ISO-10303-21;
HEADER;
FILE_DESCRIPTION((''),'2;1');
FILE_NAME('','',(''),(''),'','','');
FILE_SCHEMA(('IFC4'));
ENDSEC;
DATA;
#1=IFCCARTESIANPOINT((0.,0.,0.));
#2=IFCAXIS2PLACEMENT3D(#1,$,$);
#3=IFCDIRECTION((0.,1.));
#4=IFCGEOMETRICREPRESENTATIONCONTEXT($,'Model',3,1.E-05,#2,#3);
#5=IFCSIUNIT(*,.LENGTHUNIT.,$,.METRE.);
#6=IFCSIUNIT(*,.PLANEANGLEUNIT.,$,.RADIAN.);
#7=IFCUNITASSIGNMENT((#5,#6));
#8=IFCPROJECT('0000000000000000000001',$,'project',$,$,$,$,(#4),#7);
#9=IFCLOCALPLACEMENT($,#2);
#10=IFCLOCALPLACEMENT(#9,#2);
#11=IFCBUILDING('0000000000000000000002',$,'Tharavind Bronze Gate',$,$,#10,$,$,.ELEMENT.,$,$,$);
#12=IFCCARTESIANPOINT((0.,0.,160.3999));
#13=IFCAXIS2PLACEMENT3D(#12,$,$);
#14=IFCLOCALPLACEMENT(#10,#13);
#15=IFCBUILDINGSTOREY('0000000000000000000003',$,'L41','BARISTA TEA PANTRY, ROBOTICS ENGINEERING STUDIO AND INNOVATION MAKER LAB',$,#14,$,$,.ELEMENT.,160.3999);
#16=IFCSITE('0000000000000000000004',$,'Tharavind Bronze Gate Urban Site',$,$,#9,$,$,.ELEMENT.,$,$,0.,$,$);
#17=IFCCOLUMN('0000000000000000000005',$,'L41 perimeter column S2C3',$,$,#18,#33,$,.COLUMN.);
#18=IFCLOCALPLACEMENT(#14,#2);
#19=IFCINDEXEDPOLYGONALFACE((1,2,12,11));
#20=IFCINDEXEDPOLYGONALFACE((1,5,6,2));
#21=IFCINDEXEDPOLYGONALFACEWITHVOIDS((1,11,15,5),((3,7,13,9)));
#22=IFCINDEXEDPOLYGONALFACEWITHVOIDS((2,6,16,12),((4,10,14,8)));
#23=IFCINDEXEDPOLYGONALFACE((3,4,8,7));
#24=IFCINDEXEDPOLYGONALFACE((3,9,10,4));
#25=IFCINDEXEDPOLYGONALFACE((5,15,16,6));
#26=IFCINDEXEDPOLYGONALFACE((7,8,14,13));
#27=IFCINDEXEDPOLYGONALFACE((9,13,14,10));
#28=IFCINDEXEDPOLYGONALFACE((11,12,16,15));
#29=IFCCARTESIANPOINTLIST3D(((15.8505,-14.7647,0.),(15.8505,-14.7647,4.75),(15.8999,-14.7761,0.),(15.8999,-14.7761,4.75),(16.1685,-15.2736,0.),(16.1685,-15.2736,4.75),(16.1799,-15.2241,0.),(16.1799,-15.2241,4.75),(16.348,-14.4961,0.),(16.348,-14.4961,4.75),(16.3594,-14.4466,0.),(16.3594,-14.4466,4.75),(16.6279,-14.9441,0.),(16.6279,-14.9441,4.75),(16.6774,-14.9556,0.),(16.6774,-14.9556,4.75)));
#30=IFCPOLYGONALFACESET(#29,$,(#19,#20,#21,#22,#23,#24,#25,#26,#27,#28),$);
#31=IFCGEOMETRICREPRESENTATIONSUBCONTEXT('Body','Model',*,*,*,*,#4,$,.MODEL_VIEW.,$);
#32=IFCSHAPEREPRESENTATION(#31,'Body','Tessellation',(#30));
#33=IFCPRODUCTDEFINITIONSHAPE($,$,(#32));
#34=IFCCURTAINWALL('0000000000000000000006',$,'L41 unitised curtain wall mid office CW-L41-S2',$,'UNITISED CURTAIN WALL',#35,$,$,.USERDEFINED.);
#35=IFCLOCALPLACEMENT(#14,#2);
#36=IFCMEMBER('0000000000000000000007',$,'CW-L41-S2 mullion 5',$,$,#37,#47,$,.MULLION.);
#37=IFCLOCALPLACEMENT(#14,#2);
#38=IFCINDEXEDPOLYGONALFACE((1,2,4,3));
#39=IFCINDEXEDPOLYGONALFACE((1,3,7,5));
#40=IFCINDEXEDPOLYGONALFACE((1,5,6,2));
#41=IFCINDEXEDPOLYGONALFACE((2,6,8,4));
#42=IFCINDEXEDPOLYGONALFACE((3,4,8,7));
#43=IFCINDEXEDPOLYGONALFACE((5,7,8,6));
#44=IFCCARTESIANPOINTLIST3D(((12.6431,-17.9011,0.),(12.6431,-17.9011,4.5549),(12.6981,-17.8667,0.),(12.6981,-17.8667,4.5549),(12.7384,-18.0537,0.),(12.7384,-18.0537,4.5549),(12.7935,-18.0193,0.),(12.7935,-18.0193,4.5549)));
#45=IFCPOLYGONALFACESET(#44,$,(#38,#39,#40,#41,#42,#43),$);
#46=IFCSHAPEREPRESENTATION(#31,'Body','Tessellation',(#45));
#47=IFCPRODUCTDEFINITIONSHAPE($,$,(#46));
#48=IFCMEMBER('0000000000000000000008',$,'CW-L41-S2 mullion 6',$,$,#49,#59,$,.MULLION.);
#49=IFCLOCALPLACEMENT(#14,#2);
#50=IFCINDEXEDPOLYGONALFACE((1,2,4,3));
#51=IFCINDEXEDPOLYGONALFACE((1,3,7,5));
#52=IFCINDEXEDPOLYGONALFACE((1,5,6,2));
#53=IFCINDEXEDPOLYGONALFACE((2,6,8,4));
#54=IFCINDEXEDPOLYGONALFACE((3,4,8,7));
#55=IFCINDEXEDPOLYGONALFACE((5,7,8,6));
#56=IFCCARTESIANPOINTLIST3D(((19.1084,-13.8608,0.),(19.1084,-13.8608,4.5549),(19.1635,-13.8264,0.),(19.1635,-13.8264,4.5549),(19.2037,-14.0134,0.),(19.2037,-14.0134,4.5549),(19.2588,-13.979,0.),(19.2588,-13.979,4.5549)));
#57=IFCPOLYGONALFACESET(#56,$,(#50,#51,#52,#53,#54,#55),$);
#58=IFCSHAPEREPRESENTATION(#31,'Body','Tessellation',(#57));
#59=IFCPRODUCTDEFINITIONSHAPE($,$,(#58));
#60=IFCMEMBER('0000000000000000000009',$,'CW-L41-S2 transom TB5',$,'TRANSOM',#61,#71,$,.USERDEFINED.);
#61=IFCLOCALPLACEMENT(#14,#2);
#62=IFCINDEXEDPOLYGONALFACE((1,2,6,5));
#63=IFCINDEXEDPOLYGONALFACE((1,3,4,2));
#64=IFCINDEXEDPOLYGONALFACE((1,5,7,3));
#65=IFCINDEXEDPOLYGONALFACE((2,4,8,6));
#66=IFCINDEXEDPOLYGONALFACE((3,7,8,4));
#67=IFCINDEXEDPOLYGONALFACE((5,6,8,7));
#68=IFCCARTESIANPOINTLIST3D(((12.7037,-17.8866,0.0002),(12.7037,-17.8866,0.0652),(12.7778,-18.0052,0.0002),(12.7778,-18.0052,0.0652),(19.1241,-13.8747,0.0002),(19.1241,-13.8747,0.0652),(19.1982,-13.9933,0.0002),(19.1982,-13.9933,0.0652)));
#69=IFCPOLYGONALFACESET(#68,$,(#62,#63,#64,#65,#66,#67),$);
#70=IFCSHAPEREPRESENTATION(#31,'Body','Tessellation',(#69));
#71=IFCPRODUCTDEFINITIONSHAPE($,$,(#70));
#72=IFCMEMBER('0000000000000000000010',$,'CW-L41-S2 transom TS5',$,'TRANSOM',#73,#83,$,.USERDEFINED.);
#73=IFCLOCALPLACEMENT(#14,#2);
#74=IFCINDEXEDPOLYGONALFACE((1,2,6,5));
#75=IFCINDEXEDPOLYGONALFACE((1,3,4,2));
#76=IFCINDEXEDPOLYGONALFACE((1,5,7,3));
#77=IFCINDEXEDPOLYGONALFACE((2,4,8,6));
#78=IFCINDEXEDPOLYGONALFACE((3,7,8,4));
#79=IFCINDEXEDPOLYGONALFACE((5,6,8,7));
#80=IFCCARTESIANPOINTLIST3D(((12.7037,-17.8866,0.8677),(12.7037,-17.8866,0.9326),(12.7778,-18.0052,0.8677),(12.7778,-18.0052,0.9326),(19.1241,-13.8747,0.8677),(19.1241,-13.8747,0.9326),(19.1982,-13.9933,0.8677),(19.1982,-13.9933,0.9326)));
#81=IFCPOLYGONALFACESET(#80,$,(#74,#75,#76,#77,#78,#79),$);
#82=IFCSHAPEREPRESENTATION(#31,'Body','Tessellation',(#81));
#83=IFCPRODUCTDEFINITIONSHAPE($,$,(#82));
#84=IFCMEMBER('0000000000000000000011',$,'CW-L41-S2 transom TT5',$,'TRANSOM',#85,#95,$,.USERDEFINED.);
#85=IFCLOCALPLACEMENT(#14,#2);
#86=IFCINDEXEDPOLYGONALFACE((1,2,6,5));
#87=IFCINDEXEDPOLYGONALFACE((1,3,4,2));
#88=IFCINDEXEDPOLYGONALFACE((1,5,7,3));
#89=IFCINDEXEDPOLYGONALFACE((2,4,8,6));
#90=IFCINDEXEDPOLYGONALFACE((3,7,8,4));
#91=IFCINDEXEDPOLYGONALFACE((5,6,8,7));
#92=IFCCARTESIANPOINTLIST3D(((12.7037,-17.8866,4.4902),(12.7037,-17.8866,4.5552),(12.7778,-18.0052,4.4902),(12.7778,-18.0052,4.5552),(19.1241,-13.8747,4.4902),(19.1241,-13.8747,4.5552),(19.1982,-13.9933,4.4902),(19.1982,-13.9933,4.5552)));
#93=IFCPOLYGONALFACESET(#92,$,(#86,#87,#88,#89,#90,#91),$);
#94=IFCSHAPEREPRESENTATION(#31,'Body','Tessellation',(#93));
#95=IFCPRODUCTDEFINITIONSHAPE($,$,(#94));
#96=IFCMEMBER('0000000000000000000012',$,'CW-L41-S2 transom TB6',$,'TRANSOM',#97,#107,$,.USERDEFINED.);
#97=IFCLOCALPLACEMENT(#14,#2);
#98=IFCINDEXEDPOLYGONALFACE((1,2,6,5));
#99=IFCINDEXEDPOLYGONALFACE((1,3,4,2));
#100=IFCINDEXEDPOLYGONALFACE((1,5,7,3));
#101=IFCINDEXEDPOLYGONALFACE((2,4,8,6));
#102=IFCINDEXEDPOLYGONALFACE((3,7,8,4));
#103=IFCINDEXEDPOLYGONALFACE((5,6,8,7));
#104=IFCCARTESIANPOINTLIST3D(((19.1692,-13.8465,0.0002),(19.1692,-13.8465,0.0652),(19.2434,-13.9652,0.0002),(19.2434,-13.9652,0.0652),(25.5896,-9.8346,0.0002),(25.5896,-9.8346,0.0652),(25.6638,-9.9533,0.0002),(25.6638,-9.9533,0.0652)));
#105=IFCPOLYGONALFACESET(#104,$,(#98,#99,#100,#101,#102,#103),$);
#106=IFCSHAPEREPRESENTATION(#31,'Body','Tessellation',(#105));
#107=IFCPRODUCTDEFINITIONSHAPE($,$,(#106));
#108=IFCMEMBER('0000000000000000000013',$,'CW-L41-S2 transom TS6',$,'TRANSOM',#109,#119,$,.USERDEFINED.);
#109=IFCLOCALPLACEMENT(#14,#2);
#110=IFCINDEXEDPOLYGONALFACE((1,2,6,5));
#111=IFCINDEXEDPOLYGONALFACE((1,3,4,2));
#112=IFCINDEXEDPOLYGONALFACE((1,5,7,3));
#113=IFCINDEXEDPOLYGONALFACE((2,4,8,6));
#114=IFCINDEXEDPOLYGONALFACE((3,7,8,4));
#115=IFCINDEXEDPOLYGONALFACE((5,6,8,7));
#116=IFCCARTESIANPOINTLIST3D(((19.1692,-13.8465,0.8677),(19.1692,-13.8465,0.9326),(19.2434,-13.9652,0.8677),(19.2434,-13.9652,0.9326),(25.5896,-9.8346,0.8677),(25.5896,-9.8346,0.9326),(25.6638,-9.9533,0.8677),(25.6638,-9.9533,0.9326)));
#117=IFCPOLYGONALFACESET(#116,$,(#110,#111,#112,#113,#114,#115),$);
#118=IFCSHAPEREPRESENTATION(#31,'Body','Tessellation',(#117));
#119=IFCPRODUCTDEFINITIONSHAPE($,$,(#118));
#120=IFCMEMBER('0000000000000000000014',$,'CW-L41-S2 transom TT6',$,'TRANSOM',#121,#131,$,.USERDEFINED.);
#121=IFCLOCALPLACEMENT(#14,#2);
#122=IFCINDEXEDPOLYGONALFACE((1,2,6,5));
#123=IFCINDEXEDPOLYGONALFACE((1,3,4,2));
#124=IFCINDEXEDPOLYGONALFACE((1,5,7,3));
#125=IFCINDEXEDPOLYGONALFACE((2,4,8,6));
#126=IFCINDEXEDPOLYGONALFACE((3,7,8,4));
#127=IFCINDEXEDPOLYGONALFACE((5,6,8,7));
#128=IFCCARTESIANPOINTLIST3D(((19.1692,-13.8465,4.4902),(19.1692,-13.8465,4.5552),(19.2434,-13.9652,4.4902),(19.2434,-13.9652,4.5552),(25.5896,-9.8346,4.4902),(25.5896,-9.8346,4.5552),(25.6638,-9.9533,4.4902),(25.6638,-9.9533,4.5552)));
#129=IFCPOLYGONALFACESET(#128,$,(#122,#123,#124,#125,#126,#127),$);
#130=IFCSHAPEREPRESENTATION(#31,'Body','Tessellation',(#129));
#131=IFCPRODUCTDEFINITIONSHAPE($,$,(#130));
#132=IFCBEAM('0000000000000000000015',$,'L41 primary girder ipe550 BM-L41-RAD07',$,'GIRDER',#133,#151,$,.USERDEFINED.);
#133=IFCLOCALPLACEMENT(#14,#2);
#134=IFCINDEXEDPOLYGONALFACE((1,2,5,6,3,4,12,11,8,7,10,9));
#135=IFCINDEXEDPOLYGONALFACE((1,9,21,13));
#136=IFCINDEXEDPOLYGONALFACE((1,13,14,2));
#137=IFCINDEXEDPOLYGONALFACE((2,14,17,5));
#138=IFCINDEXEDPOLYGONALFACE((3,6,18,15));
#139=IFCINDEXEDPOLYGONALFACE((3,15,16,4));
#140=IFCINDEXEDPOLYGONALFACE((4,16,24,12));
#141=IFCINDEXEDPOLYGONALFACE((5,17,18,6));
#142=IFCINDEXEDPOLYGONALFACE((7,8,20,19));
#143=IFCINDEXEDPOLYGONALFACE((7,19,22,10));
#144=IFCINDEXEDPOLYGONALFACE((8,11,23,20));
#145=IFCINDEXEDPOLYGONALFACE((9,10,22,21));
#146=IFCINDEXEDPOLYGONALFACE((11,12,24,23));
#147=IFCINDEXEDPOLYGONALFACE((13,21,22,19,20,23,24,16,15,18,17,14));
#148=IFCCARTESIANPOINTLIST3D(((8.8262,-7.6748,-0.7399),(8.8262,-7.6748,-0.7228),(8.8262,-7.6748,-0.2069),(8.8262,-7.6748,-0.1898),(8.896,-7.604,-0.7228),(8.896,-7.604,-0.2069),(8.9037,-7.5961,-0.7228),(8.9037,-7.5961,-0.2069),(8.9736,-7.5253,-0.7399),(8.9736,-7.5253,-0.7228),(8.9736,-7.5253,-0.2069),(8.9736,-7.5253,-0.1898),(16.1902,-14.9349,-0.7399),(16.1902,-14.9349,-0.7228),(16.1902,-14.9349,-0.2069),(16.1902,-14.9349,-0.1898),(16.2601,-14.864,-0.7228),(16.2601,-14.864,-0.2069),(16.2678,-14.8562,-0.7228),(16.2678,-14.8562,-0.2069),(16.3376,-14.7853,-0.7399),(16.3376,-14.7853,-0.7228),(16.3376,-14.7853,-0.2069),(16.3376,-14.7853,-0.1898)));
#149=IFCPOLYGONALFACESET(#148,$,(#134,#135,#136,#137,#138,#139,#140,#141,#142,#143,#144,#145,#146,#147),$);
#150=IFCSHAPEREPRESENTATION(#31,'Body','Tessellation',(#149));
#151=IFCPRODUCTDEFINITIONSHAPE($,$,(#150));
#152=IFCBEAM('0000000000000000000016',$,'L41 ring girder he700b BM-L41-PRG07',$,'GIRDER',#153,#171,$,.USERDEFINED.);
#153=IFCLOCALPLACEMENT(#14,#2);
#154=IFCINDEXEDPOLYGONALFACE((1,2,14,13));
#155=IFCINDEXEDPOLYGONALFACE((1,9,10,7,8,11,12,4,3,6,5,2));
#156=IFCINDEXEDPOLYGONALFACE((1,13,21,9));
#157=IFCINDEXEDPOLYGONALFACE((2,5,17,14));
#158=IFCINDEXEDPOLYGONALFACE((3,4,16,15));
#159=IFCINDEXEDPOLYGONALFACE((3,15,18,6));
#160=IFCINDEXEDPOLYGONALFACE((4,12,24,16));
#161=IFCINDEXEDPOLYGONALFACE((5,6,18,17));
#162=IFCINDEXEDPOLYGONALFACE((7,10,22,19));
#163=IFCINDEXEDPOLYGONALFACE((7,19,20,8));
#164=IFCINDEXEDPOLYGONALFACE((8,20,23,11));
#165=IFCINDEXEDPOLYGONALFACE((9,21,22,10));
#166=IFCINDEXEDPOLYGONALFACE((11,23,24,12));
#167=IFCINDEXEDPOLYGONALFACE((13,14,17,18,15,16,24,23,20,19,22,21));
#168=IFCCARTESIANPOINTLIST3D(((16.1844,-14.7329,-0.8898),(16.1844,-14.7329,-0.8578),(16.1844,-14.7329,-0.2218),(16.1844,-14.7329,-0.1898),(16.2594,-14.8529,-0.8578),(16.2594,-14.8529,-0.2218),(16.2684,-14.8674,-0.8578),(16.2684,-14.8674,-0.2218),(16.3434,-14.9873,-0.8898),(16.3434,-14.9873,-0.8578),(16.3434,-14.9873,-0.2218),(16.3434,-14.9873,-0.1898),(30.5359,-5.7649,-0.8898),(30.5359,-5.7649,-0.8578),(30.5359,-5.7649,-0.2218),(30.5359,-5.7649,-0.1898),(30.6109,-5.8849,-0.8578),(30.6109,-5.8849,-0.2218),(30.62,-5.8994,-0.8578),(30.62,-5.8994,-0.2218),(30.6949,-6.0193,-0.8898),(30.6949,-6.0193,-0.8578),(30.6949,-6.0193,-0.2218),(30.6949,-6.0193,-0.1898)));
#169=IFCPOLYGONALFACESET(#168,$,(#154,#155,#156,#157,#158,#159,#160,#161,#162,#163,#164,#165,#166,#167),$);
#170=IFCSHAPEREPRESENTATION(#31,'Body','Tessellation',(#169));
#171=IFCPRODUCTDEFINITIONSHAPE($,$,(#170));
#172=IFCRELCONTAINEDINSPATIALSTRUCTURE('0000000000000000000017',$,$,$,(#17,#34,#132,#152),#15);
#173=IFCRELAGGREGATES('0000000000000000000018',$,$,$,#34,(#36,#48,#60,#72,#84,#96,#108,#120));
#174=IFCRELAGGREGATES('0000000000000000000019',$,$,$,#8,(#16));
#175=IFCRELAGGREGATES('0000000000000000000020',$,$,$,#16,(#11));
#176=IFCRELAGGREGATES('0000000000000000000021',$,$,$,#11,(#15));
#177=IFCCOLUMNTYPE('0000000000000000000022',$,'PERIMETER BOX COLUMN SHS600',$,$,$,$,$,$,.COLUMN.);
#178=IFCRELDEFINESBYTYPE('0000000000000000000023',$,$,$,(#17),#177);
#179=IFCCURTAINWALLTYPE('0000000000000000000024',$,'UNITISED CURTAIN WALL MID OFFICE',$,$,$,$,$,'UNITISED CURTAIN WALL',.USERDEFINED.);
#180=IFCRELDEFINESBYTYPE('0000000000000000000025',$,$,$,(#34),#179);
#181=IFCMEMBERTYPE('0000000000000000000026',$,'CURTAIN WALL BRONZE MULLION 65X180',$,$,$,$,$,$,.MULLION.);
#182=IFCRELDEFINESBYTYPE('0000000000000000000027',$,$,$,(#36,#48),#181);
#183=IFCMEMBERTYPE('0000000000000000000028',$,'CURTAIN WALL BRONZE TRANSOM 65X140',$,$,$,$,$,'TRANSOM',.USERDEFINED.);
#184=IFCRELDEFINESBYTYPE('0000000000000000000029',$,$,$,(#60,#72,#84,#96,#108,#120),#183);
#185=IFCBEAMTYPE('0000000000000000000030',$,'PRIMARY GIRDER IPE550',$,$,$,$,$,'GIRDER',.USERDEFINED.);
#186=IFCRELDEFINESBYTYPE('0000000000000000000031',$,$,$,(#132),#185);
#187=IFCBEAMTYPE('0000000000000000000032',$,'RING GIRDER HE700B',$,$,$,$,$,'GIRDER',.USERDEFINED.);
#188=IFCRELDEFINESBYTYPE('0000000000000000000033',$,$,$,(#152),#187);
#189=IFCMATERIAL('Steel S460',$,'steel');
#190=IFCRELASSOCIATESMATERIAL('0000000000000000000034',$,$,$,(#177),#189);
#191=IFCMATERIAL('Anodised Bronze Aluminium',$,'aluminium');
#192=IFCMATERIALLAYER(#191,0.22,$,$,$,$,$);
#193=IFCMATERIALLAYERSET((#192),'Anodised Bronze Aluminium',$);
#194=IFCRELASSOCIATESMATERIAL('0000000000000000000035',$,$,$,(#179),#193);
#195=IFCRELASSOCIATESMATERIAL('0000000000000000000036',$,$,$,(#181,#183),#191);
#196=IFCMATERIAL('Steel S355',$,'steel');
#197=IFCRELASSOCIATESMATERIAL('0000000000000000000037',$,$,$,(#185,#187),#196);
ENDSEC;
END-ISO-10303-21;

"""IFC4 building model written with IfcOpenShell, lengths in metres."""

from ifc_helpers import new_model, si_unit, direction, frame, origin, origin_2d, place, context, subcontext, project, spatial, rectangle, hollow_rectangle, i_section, extrude, material, layer, layer_set, material_profile, profile_set, type_object, element, aggregate, save


model = new_model("IFC4")

# Units and contexts
model_context = context("Model", 3, precision=1e-05, world=origin(), true_north=direction((0.0, 1.0)))
body_context = subcontext(model_context, "Body", "Model", "MODEL_VIEW")
ifc_project = project(units=[si_unit("LENGTHUNIT", "METRE"), si_unit("PLANEANGLEUNIT", "RADIAN")], contexts=[model_context])

# Site, building, storey
site_placement = place(None, origin())
site = spatial("IfcSite", under=ifc_project, at=site_placement, Name="Tharavind Bronze Gate Urban Site", CompositionType="ELEMENT", RefElevation=0.0)
building_placement = place(site_placement, origin())
building = spatial("IfcBuilding", under=site, at=building_placement, Name="Tharavind Bronze Gate", CompositionType="ELEMENT")
storey_placement = place(building_placement, frame((0.0, 0.0, 160.3999)))
storey = spatial("IfcBuildingStorey", under=building, at=storey_placement, Name="L41", Description="BARISTA TEA PANTRY, ROBOTICS ENGINEERING STUDIO AND INNOVATION MAKER LAB", CompositionType="ELEMENT", Elevation=160.3999)

# Column
ifc_material_1 = material(Name="Steel S460", Category="steel")
ifc_material_profile_1 = material_profile(ifc_material_1, hollow_rectangle(XDim=0.6001, YDim=0.6001, WallThickness=0.0359, at=origin_2d()), Name="SHS600X36")
ifc_profile_set_1 = profile_set([ifc_material_profile_1], Name="Steel S460")
column_type = type_object("IfcColumnType", Name="PERIMETER BOX COLUMN SHS600", PredefinedType="COLUMN", material=ifc_profile_set_1)
column_placement = place(storey_placement, frame((16.2639, -14.8601, 0.0), z_axis=(0.0, 0.0, 1.0), x_axis=(0.848047, 0.529921, 0.0)))
element("IfcColumn", 1, at=column_placement, inside=storey, type_object=column_type, Name="L41 perimeter column S2C3", PredefinedType="COLUMN", context=body_context, shape_type="SweptSolid", body=[
    extrude(hollow_rectangle(XDim=0.6001, YDim=0.6001, WallThickness=0.0359, at=origin_2d()), origin(), (0.0, 0.0, 1.0), 4.75),
])

# Curtain wall, members
ifc_material_2 = material(Name="Anodised Bronze Aluminium", Category="aluminium")
ifc_layer_1 = layer(ifc_material_2, 0.22)
ifc_layer_set_1 = layer_set([ifc_layer_1], Name="Anodised Bronze Aluminium")
curtain_wall_type = type_object("IfcCurtainWallType", Name="UNITISED CURTAIN WALL MID OFFICE", ElementType="UNITISED CURTAIN WALL", PredefinedType="USERDEFINED", material=ifc_layer_set_1)
curtain_wall_placement = place(storey_placement, origin())
curtain_wall = element("IfcCurtainWall", 2, at=curtain_wall_placement, inside=storey, type_object=curtain_wall_type, Name="L41 unitised curtain wall mid office CW-L41-S2", ObjectType="UNITISED CURTAIN WALL", PredefinedType="USERDEFINED")
member_type_1 = type_object("IfcMemberType", Name="CURTAIN WALL BRONZE MULLION 65X180", PredefinedType="MULLION", material=ifc_material_2)
member_1_placement = place(storey_placement, frame((12.7183, -17.9602, 0.0), z_axis=(0.0, 0.0, 1.0), x_axis=(0.848048, 0.529919, 0.0)))
member_1 = element("IfcMember", 3, at=member_1_placement, type_object=member_type_1, Name="CW-L41-S2 mullion 5", PredefinedType="MULLION", context=body_context, shape_type="SweptSolid", body=[
    extrude(rectangle(XDim=0.0649, YDim=0.1799, at=origin_2d()), origin(), (0.0, 0.0, 1.0), 4.5549),
])
member_2_placement = place(storey_placement, frame((19.1836, -13.9199, 0.0), z_axis=(0.0, 0.0, 1.0), x_axis=(0.848048, 0.529919, 0.0)))
member_2 = element("IfcMember", 4, at=member_2_placement, type_object=member_type_1, Name="CW-L41-S2 mullion 6", PredefinedType="MULLION", context=body_context, shape_type="SweptSolid", body=[
    extrude(rectangle(XDim=0.0649, YDim=0.1799, at=origin_2d()), origin(), (0.0, 0.0, 1.0), 4.5549),
])
member_type_2 = type_object("IfcMemberType", Name="CURTAIN WALL BRONZE TRANSOM 65X140", ElementType="TRANSOM", PredefinedType="USERDEFINED", material=ifc_material_2)
member_3_placement = place(storey_placement, frame((15.9509, -15.9399, 0.0002), z_axis=(0.0, 0.0, 1.0), x_axis=(0.848048, 0.529919, 0.0)))
member_3 = element("IfcMember", 5, at=member_3_placement, type_object=member_type_2, Name="CW-L41-S2 transom TB5", ObjectType="TRANSOM", PredefinedType="USERDEFINED", context=body_context, shape_type="SweptSolid", body=[
    extrude(rectangle(XDim=7.5708, YDim=0.1399, at=origin_2d()), origin(), (0.0, 0.0, 1.0), 0.0649),
])
member_4_placement = place(storey_placement, frame((15.9509, -15.9399, 0.8677), z_axis=(0.0, 0.0, 1.0), x_axis=(0.848048, 0.529919, 0.0)))
member_4 = element("IfcMember", 6, at=member_4_placement, type_object=member_type_2, Name="CW-L41-S2 transom TS5", ObjectType="TRANSOM", PredefinedType="USERDEFINED", context=body_context, shape_type="SweptSolid", body=[
    extrude(rectangle(XDim=7.5708, YDim=0.1399, at=origin_2d()), origin(), (0.0, 0.0, 1.0), 0.0649),
])
member_5_placement = place(storey_placement, frame((15.9509, -15.9399, 4.4902), z_axis=(0.0, 0.0, 1.0), x_axis=(0.848048, 0.529919, 0.0)))
member_5 = element("IfcMember", 7, at=member_5_placement, type_object=member_type_2, Name="CW-L41-S2 transom TT5", ObjectType="TRANSOM", PredefinedType="USERDEFINED", context=body_context, shape_type="SweptSolid", body=[
    extrude(rectangle(XDim=7.5708, YDim=0.1399, at=origin_2d()), origin(), (0.0, 0.0, 1.0), 0.0649),
])
member_6_placement = place(storey_placement, frame((22.4165, -11.8999, 0.0002), z_axis=(0.0, 0.0, 1.0), x_axis=(0.848048, 0.529919, 0.0)))
member_6 = element("IfcMember", 8, at=member_6_placement, type_object=member_type_2, Name="CW-L41-S2 transom TB6", ObjectType="TRANSOM", PredefinedType="USERDEFINED", context=body_context, shape_type="SweptSolid", body=[
    extrude(rectangle(XDim=7.5708, YDim=0.1399, at=origin_2d()), origin(), (0.0, 0.0, 1.0), 0.0649),
])
member_7_placement = place(storey_placement, frame((22.4165, -11.8999, 0.8677), z_axis=(0.0, 0.0, 1.0), x_axis=(0.848048, 0.529919, 0.0)))
member_7 = element("IfcMember", 9, at=member_7_placement, type_object=member_type_2, Name="CW-L41-S2 transom TS6", ObjectType="TRANSOM", PredefinedType="USERDEFINED", context=body_context, shape_type="SweptSolid", body=[
    extrude(rectangle(XDim=7.5708, YDim=0.1399, at=origin_2d()), origin(), (0.0, 0.0, 1.0), 0.0649),
])
member_8_placement = place(storey_placement, frame((22.4165, -11.8999, 4.4902), z_axis=(0.0, 0.0, 1.0), x_axis=(0.848048, 0.529919, 0.0)))
member_8 = element("IfcMember", 10, at=member_8_placement, type_object=member_type_2, Name="CW-L41-S2 transom TT6", ObjectType="TRANSOM", PredefinedType="USERDEFINED", context=body_context, shape_type="SweptSolid", body=[
    extrude(rectangle(XDim=7.5708, YDim=0.1399, at=origin_2d()), origin(), (0.0, 0.0, 1.0), 0.0649),
])

# Beams
ifc_material_3 = material(Name="Steel S355", Category="steel")
ifc_material_profile_2 = material_profile(ifc_material_3, i_section(OverallWidth=0.21, OverallDepth=0.55, WebThickness=0.011, FlangeThickness=0.0171, at=origin_2d()), Name="IPE550")
ifc_profile_set_2 = profile_set([ifc_material_profile_2], Name="Steel S355")
beam_type_1 = type_object("IfcBeamType", Name="PRIMARY GIRDER IPE550", ElementType="GIRDER", PredefinedType="USERDEFINED", material=ifc_profile_set_2)
beam_1_placement = place(storey_placement, frame((16.2639, -14.8601, -0.4648), z_axis=(-0.712118, 0.70206, 0.0), x_axis=(-0.70206, -0.712118, 0.0)))
element("IfcBeam", 11, at=beam_1_placement, inside=storey, type_object=beam_type_1, Name="L41 primary girder ipe550 BM-L41-RAD07", ObjectType="GIRDER", PredefinedType="USERDEFINED", context=body_context, shape_type="SweptSolid", body=[
    extrude(i_section(OverallWidth=0.21, OverallDepth=0.55, WebThickness=0.011, FlangeThickness=0.0171, at=origin_2d()), origin(), (0.0, 0.0, 1.0), 10.3411),
])
ifc_material_profile_3 = material_profile(ifc_material_3, i_section(OverallWidth=0.3, OverallDepth=0.7, WebThickness=0.0171, FlangeThickness=0.032, at=origin_2d()), Name="HE700B")
ifc_profile_set_3 = profile_set([ifc_material_profile_3], Name="Steel S355")
beam_type_2 = type_object("IfcBeamType", Name="RING GIRDER HE700B", ElementType="GIRDER", PredefinedType="USERDEFINED", material=ifc_profile_set_3)
beam_2_placement = place(storey_placement, frame((16.2639, -14.8601, -0.5398), z_axis=(0.848044, 0.529926, 0.0), x_axis=(-0.529926, 0.848044, 0.0)))
element("IfcBeam", 12, at=beam_2_placement, inside=storey, type_object=beam_type_2, Name="L41 ring girder he700b BM-L41-PRG07", ObjectType="GIRDER", PredefinedType="USERDEFINED", context=body_context, shape_type="SweptSolid", body=[
    extrude(i_section(OverallWidth=0.3, OverallDepth=0.7, WebThickness=0.0171, FlangeThickness=0.032, at=origin_2d()), origin(), (0.0, 0.0, 1.0), 16.9231),
])

aggregate(curtain_wall, [member_1, member_2, member_3, member_4, member_5, member_6, member_7, member_8])

save(model, "model.ifc")
